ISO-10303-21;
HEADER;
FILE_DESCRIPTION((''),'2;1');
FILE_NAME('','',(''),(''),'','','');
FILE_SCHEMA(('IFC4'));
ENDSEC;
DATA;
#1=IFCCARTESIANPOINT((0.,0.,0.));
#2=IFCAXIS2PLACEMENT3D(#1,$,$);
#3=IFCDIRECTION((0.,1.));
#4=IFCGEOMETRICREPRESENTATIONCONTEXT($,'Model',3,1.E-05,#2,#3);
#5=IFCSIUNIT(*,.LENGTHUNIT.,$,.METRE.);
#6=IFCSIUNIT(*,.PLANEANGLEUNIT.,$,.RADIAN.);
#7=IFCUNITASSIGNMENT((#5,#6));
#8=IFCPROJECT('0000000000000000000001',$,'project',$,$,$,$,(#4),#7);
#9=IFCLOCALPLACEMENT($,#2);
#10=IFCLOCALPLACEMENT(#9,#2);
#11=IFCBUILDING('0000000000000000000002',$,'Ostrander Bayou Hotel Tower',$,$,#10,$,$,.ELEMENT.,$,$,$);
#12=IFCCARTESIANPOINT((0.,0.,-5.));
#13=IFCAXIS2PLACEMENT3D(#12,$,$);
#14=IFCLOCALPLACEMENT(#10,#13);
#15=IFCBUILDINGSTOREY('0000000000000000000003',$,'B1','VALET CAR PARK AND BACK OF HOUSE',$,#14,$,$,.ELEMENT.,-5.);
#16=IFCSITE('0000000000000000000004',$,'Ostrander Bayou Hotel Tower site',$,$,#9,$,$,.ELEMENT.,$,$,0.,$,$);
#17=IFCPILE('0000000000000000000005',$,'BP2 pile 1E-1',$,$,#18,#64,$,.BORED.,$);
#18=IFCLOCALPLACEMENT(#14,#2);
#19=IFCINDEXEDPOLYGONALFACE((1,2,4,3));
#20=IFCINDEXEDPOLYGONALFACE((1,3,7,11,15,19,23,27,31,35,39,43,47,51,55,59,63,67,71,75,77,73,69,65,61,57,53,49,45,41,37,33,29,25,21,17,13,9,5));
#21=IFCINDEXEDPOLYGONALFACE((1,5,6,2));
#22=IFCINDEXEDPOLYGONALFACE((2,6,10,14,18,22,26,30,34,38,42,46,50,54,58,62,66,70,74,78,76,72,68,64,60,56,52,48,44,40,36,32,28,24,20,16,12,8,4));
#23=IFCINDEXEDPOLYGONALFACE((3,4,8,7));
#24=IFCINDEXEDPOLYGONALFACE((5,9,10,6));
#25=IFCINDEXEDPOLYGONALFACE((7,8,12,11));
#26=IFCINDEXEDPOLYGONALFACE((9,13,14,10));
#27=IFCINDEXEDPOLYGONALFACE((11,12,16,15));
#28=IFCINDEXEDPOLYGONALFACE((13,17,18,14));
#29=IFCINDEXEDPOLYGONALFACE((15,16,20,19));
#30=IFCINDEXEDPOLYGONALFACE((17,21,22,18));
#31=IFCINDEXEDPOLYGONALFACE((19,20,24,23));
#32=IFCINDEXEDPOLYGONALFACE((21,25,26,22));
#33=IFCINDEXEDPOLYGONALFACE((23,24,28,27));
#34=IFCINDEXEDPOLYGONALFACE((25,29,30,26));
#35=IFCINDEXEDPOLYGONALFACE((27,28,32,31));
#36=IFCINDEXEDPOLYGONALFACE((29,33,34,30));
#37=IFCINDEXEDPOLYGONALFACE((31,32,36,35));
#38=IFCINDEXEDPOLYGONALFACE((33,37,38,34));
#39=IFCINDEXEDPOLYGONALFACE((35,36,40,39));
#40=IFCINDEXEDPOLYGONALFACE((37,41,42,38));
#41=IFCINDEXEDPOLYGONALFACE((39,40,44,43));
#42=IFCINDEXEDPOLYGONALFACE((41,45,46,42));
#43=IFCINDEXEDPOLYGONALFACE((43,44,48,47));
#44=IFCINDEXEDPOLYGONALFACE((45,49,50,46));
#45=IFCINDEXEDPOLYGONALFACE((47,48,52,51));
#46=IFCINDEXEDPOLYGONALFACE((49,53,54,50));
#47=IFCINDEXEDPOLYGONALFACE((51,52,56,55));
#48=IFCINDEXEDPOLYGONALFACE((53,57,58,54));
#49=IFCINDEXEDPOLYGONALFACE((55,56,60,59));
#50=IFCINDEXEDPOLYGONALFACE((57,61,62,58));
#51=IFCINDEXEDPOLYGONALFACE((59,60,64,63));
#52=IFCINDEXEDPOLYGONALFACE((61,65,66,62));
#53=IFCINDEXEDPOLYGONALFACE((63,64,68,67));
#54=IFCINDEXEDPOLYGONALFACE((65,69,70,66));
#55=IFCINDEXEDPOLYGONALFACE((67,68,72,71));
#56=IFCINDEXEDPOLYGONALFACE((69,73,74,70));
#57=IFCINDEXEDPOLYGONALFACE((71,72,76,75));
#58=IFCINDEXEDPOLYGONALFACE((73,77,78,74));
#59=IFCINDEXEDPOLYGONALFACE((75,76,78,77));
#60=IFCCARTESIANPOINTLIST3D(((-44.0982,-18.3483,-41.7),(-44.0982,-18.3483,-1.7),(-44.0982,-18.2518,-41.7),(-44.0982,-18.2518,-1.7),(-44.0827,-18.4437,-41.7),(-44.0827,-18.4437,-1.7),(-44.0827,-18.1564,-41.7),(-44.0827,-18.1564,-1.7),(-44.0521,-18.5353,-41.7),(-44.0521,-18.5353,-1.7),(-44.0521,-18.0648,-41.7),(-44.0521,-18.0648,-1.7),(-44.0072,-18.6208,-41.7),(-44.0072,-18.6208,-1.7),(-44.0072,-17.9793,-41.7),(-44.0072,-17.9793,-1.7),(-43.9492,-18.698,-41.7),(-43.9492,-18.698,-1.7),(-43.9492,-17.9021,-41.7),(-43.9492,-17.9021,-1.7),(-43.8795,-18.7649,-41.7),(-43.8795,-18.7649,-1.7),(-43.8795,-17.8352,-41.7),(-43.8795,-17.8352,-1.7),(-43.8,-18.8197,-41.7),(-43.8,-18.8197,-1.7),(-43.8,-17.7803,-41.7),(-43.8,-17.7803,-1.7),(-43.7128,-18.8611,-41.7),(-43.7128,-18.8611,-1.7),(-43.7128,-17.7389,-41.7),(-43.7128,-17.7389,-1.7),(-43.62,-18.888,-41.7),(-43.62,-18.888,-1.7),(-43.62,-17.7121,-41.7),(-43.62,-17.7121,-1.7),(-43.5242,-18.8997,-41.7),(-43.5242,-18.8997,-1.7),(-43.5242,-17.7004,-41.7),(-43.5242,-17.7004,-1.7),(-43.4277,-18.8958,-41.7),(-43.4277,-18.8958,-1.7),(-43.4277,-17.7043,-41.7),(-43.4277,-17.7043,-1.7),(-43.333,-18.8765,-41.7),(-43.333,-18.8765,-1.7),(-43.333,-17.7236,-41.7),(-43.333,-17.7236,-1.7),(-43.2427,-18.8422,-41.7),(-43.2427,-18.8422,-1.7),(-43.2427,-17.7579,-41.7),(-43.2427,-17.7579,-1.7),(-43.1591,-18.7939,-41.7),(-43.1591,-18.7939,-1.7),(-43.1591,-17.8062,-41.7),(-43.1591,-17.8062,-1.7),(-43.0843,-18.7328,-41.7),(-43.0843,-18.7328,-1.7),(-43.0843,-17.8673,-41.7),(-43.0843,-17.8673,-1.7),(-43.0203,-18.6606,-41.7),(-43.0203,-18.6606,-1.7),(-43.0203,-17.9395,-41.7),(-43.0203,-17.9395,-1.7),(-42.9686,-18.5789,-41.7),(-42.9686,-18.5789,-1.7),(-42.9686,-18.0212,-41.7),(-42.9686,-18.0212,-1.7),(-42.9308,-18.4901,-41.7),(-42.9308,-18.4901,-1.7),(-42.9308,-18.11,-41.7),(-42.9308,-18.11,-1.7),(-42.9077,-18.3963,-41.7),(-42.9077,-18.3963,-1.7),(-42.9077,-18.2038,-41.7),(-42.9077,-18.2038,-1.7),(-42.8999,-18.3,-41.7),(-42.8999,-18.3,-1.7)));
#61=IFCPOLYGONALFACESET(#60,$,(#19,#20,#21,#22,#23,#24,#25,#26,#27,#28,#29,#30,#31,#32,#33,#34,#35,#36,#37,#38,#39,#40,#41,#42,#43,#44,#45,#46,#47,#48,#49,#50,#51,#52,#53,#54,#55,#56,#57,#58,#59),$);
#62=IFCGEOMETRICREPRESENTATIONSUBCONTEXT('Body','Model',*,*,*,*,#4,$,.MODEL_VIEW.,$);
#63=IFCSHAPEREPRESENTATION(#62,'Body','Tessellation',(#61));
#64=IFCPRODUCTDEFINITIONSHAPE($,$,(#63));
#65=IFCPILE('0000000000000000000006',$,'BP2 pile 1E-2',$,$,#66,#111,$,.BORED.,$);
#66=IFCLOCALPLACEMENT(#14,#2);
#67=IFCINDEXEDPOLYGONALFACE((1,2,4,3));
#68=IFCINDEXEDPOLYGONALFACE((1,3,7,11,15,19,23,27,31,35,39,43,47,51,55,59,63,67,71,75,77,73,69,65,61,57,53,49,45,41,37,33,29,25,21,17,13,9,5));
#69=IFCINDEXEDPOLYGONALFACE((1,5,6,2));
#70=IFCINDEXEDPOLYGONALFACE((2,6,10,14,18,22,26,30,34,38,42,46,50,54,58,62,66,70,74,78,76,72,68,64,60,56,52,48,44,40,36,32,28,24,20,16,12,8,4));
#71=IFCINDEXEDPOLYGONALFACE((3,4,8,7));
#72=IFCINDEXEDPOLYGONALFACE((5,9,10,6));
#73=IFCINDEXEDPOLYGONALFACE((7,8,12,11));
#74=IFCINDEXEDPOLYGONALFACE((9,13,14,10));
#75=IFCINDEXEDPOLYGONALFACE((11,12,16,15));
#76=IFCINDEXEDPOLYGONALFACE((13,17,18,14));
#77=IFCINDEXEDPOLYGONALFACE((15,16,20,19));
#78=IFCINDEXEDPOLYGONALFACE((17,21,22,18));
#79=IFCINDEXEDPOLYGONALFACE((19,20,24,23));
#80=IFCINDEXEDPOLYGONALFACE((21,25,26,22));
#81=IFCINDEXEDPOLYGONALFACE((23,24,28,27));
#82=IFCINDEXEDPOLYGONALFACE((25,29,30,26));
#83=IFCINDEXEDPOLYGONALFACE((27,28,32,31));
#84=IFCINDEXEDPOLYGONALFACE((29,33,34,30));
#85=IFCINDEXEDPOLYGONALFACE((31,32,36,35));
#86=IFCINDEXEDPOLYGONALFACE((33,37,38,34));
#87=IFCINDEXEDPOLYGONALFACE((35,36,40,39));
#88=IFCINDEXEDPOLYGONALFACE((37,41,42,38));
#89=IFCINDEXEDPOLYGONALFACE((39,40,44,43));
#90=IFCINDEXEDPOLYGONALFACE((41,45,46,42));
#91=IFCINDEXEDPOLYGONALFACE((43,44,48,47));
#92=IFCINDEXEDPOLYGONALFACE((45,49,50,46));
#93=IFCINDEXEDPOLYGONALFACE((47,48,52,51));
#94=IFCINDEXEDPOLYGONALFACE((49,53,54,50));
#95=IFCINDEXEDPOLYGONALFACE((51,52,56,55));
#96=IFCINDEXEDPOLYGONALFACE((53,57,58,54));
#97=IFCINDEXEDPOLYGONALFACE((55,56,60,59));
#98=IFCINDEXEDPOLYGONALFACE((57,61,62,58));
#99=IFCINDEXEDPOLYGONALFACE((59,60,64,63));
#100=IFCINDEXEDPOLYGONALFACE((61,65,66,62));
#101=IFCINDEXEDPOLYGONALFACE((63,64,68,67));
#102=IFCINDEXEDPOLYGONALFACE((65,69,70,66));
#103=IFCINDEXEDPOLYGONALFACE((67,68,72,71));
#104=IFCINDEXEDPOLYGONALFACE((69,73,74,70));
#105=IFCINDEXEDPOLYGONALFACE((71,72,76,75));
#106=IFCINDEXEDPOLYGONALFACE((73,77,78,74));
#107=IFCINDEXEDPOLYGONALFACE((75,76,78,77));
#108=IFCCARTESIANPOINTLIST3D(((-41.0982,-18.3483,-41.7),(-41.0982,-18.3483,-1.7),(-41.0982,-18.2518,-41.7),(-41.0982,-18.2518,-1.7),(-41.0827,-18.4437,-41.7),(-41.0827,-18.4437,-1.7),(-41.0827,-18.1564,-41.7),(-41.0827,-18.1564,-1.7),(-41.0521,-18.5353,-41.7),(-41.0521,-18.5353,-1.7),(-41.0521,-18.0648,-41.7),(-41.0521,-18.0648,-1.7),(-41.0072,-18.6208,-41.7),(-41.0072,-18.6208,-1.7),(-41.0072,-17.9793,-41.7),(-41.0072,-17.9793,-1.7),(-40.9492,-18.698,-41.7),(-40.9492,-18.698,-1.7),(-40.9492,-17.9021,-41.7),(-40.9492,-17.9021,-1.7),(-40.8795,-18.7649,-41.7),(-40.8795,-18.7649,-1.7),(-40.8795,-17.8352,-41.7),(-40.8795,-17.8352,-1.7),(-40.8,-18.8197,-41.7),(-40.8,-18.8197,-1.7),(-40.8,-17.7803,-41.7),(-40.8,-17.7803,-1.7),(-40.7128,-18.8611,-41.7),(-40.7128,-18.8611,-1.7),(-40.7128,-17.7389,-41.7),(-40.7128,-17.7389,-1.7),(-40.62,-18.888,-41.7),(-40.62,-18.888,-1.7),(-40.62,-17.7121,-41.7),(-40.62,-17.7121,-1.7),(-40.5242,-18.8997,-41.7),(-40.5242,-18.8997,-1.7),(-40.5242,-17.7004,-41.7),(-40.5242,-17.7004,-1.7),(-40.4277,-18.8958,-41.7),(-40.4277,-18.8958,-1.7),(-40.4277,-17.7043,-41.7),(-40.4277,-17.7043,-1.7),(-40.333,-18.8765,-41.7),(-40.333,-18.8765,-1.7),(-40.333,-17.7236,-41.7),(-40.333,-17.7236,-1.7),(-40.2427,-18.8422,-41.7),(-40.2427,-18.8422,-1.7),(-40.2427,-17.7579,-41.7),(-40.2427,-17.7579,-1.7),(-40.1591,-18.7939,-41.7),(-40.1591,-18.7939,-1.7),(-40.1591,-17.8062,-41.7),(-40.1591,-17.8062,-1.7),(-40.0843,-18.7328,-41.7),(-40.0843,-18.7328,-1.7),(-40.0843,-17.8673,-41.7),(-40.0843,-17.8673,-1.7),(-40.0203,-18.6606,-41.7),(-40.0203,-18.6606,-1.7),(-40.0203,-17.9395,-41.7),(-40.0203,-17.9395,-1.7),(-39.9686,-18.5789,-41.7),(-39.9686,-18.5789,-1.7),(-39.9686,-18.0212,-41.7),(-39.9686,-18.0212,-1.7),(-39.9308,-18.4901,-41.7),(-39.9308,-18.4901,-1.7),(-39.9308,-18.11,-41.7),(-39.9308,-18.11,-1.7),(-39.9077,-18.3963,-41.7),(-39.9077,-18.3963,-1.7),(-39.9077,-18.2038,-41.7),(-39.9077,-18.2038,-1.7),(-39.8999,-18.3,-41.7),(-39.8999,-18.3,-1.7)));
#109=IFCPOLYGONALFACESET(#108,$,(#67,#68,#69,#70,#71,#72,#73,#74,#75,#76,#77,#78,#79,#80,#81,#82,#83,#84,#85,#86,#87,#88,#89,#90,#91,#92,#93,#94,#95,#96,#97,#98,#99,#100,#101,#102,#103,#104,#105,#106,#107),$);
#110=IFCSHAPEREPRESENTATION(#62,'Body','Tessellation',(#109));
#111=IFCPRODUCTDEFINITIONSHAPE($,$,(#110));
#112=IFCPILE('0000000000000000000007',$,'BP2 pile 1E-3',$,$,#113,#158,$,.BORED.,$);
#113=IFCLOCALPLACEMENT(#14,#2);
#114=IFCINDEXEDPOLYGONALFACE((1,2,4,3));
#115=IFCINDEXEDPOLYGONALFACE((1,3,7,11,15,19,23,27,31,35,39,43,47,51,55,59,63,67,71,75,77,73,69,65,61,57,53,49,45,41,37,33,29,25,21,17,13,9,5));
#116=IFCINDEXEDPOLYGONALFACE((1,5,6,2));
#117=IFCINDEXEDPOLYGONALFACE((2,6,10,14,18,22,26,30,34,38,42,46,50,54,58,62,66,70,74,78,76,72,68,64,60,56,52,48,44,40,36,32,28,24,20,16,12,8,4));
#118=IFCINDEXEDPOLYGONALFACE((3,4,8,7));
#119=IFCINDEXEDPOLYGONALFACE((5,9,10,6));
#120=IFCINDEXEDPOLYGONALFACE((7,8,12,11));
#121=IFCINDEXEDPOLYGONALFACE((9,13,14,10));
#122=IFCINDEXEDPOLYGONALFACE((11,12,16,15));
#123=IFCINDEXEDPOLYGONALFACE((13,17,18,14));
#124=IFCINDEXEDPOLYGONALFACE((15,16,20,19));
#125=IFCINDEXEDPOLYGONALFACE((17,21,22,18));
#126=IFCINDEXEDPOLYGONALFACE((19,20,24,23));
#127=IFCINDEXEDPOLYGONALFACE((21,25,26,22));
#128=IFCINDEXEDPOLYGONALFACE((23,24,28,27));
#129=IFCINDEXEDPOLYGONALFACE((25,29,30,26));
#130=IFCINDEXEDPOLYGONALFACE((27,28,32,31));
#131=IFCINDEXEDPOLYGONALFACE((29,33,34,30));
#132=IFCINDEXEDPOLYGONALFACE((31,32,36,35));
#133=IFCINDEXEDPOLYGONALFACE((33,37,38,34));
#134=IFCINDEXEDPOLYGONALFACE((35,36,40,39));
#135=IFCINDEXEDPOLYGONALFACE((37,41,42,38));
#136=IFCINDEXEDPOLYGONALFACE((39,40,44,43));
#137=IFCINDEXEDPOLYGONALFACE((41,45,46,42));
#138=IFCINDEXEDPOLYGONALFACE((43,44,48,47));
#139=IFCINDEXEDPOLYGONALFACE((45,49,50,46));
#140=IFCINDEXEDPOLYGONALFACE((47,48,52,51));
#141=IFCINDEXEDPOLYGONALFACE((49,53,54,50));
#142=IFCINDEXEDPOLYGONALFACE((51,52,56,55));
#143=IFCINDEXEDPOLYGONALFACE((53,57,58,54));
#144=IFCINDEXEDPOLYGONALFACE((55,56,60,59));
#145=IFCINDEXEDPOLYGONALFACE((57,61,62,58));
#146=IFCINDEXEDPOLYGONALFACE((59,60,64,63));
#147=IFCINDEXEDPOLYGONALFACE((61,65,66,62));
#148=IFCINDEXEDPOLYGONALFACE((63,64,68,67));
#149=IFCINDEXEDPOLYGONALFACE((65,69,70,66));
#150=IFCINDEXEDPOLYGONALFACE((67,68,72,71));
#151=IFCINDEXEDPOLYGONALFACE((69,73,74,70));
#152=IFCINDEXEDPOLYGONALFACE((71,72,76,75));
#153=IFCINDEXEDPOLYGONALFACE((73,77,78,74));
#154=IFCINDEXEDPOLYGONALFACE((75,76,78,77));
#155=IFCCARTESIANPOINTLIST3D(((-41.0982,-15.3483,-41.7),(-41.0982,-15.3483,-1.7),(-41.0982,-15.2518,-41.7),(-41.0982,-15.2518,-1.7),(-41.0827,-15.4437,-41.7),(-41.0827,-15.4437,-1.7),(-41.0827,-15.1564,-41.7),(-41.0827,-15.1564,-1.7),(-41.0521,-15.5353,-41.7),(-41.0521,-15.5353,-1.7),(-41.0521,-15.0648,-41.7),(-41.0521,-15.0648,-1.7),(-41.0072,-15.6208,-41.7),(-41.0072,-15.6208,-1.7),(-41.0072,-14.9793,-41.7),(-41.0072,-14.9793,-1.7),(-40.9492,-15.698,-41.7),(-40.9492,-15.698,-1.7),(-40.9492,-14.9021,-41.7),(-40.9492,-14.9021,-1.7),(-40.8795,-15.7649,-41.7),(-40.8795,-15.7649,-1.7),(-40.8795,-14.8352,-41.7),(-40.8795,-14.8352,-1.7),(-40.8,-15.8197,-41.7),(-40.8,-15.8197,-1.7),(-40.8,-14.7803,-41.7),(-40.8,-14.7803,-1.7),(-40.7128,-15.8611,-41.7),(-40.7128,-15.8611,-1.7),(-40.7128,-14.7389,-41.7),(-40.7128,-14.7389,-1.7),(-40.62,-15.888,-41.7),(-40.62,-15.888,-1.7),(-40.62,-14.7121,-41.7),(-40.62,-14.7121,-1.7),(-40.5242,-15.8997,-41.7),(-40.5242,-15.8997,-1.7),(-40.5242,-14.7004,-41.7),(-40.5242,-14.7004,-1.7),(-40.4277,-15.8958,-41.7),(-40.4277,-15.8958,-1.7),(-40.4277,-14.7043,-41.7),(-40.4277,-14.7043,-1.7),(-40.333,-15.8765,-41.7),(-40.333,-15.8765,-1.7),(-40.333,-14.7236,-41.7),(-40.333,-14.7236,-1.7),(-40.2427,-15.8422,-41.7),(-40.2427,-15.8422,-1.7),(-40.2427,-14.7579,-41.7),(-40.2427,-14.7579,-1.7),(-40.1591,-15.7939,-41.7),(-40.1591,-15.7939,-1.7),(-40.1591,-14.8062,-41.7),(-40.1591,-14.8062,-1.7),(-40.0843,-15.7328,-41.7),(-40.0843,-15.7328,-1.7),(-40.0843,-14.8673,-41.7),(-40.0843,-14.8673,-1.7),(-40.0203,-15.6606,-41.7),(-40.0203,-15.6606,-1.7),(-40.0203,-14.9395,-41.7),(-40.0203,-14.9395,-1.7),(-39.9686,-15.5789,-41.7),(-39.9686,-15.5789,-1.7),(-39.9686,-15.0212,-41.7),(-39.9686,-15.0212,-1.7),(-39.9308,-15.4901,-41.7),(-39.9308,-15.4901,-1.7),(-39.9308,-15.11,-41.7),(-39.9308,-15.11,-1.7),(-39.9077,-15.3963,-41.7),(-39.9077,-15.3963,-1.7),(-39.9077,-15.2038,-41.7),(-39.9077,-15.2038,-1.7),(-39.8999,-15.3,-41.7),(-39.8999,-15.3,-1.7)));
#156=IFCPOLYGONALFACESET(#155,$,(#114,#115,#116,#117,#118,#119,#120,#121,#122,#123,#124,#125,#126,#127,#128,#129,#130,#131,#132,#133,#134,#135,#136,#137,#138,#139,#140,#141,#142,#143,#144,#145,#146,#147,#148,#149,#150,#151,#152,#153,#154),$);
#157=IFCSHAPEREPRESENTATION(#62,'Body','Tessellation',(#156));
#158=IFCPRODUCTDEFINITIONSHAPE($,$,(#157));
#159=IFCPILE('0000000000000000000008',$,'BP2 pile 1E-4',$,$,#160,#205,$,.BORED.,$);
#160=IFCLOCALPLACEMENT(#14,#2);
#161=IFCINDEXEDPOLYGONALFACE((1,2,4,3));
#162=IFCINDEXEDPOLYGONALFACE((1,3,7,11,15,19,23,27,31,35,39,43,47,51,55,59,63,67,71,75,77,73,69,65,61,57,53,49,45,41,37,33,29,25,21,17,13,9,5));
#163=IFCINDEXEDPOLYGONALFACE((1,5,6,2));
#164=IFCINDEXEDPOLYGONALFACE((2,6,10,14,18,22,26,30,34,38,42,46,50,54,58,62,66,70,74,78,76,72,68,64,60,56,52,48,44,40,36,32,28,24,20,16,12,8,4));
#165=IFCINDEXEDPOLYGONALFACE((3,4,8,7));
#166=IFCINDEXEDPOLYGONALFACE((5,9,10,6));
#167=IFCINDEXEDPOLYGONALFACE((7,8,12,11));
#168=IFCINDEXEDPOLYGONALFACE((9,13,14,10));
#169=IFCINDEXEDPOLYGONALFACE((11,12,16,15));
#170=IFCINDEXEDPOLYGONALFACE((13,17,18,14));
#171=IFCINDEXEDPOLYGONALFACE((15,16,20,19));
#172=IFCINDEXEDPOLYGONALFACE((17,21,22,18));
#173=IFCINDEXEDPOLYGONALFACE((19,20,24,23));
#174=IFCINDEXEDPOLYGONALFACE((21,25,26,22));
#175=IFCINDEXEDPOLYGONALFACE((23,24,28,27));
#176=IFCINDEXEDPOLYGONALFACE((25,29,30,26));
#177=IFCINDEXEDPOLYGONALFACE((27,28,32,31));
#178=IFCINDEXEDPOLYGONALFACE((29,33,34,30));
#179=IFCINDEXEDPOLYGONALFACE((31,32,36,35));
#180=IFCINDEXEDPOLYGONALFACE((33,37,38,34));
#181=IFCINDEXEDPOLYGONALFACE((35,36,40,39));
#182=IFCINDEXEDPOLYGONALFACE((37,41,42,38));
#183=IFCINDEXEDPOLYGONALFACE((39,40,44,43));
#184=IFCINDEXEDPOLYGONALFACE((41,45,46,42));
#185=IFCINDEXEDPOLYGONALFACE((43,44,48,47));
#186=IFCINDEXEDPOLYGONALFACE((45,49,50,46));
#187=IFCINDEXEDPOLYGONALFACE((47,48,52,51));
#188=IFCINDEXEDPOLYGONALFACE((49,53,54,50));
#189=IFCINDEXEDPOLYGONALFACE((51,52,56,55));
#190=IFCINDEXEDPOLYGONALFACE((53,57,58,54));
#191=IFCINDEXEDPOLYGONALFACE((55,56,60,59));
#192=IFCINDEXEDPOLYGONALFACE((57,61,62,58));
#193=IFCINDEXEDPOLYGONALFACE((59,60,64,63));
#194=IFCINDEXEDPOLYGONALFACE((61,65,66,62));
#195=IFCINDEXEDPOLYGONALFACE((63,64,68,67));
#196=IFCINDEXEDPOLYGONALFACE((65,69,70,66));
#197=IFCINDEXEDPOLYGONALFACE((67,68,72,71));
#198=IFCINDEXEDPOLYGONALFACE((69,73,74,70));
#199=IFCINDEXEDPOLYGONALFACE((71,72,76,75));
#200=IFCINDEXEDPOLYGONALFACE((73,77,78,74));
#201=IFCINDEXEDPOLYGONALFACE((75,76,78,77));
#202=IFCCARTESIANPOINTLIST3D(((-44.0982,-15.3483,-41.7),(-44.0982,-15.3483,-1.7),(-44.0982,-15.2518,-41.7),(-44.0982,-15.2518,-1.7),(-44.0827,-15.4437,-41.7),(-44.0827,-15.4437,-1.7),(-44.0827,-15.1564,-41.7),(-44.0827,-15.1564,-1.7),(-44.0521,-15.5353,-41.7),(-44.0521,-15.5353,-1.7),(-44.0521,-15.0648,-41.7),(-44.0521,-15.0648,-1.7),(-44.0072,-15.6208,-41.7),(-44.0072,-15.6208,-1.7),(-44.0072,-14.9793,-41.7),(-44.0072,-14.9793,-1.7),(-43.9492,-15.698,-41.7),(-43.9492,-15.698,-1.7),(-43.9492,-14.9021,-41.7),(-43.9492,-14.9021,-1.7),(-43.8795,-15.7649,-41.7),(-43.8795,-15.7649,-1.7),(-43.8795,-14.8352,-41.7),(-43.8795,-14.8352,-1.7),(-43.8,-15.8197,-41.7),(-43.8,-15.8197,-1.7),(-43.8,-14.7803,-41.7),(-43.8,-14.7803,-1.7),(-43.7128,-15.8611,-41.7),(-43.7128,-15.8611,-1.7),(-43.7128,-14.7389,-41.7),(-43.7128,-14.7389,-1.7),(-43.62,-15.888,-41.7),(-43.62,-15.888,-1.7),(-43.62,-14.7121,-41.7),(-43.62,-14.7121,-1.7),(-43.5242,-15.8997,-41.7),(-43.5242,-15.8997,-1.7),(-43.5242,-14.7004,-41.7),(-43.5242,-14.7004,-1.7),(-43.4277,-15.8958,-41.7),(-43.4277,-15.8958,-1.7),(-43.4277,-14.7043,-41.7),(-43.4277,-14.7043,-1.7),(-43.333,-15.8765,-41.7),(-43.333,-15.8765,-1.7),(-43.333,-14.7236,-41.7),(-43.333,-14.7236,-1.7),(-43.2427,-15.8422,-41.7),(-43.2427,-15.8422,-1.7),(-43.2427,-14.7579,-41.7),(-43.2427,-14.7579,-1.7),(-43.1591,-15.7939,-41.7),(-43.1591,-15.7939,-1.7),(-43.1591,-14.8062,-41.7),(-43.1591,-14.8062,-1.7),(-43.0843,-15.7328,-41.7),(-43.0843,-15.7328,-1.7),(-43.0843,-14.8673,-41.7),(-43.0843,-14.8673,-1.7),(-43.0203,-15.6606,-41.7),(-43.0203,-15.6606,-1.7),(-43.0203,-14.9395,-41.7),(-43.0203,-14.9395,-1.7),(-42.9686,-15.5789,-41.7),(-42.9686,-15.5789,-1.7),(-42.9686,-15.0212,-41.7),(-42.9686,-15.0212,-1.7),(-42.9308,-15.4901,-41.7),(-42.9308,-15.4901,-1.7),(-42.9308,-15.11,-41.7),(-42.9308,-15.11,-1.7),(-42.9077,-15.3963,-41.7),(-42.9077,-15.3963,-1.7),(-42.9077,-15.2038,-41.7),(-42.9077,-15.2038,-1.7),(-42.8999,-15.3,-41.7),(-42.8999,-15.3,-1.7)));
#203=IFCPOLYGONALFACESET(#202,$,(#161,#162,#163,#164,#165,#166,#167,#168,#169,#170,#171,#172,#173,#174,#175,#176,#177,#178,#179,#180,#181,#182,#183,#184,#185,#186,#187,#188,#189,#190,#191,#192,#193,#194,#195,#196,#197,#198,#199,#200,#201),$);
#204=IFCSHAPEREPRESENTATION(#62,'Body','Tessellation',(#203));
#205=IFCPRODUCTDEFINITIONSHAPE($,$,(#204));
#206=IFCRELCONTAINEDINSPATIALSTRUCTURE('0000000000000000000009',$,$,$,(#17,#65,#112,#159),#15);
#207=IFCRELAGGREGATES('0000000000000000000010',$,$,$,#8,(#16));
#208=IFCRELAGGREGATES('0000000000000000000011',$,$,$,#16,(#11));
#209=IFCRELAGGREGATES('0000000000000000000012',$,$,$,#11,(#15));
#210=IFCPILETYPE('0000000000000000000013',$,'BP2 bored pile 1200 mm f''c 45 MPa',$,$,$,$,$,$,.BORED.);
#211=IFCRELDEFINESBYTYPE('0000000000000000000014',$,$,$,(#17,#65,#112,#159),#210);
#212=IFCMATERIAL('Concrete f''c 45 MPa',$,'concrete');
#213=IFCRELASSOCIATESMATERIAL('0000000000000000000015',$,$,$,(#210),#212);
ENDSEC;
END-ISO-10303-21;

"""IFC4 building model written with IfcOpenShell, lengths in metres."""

from ifc_helpers import new_model, si_unit, direction, frame, origin, origin_2d, place, context, subcontext, project, spatial, circle, extrude, material, material_profile, profile_set, type_object, element, save


model = new_model("IFC4")

# Units and contexts
model_context = context("Model", 3, precision=1e-05, world=origin(), true_north=direction((0.0, 1.0)))
body_context = subcontext(model_context, "Body", "Model", "MODEL_VIEW")
ifc_project = project(units=[si_unit("LENGTHUNIT", "METRE"), si_unit("PLANEANGLEUNIT", "RADIAN")], contexts=[model_context])

# Site, building, storey
site_placement = place(None, origin())
site = spatial("IfcSite", under=ifc_project, at=site_placement, Name="Ostrander Bayou Hotel Tower site", CompositionType="ELEMENT", RefElevation=0.0)
building_placement = place(site_placement, origin())
building = spatial("IfcBuilding", under=site, at=building_placement, Name="Ostrander Bayou Hotel Tower", CompositionType="ELEMENT")
storey_placement = place(building_placement, frame((0.0, 0.0, -5.0)))
storey = spatial("IfcBuildingStorey", under=building, at=storey_placement, Name="B1", Description="VALET CAR PARK AND BACK OF HOUSE", CompositionType="ELEMENT", Elevation=-5.0)

# Piles
ifc_material_1 = material(Name="Concrete f'c 45 MPa", Category="concrete")
ifc_material_profile_1 = material_profile(ifc_material_1, circle(Radius=0.6001, at=origin_2d()))
ifc_profile_set_1 = profile_set([ifc_material_profile_1], Name="Concrete f'c 45 MPa")
pile_type = type_object("IfcPileType", Name="BP2 bored pile 1200 mm f'c 45 MPa", PredefinedType="BORED", material=ifc_profile_set_1)
for number, where, z_axis, x_axis, name in (
    (1, (-43.5, -18.3, -1.7), (0.0, 0.0, -1.0), (1.0, 0.0, 0.0), "BP2 pile 1E-1"),
    (2, (-40.5, -18.3, -1.7), (0.0, 0.0, -1.0), (1.0, 0.0, 0.0), "BP2 pile 1E-2"),
    (3, (-40.5, -15.3, -1.7), (0.0, 0.0, -1.0), (1.0, 0.0, 0.0), "BP2 pile 1E-3"),
    (4, (-43.5, -15.3, -1.7), (0.0, 0.0, -1.0), (1.0, 0.0, 0.0), "BP2 pile 1E-4"),
):
    element("IfcPile", number, at=place(storey_placement, frame(where, z_axis=z_axis, x_axis=x_axis)), inside=storey, type_object=pile_type, Name=name, PredefinedType="BORED", context=body_context, shape_type="SweptSolid", body=[
        extrude(circle(Radius=0.6001, at=origin_2d()), origin(), (0.0, 0.0, 1.0), 40.0),
    ])

save(model, "model.ifc")
